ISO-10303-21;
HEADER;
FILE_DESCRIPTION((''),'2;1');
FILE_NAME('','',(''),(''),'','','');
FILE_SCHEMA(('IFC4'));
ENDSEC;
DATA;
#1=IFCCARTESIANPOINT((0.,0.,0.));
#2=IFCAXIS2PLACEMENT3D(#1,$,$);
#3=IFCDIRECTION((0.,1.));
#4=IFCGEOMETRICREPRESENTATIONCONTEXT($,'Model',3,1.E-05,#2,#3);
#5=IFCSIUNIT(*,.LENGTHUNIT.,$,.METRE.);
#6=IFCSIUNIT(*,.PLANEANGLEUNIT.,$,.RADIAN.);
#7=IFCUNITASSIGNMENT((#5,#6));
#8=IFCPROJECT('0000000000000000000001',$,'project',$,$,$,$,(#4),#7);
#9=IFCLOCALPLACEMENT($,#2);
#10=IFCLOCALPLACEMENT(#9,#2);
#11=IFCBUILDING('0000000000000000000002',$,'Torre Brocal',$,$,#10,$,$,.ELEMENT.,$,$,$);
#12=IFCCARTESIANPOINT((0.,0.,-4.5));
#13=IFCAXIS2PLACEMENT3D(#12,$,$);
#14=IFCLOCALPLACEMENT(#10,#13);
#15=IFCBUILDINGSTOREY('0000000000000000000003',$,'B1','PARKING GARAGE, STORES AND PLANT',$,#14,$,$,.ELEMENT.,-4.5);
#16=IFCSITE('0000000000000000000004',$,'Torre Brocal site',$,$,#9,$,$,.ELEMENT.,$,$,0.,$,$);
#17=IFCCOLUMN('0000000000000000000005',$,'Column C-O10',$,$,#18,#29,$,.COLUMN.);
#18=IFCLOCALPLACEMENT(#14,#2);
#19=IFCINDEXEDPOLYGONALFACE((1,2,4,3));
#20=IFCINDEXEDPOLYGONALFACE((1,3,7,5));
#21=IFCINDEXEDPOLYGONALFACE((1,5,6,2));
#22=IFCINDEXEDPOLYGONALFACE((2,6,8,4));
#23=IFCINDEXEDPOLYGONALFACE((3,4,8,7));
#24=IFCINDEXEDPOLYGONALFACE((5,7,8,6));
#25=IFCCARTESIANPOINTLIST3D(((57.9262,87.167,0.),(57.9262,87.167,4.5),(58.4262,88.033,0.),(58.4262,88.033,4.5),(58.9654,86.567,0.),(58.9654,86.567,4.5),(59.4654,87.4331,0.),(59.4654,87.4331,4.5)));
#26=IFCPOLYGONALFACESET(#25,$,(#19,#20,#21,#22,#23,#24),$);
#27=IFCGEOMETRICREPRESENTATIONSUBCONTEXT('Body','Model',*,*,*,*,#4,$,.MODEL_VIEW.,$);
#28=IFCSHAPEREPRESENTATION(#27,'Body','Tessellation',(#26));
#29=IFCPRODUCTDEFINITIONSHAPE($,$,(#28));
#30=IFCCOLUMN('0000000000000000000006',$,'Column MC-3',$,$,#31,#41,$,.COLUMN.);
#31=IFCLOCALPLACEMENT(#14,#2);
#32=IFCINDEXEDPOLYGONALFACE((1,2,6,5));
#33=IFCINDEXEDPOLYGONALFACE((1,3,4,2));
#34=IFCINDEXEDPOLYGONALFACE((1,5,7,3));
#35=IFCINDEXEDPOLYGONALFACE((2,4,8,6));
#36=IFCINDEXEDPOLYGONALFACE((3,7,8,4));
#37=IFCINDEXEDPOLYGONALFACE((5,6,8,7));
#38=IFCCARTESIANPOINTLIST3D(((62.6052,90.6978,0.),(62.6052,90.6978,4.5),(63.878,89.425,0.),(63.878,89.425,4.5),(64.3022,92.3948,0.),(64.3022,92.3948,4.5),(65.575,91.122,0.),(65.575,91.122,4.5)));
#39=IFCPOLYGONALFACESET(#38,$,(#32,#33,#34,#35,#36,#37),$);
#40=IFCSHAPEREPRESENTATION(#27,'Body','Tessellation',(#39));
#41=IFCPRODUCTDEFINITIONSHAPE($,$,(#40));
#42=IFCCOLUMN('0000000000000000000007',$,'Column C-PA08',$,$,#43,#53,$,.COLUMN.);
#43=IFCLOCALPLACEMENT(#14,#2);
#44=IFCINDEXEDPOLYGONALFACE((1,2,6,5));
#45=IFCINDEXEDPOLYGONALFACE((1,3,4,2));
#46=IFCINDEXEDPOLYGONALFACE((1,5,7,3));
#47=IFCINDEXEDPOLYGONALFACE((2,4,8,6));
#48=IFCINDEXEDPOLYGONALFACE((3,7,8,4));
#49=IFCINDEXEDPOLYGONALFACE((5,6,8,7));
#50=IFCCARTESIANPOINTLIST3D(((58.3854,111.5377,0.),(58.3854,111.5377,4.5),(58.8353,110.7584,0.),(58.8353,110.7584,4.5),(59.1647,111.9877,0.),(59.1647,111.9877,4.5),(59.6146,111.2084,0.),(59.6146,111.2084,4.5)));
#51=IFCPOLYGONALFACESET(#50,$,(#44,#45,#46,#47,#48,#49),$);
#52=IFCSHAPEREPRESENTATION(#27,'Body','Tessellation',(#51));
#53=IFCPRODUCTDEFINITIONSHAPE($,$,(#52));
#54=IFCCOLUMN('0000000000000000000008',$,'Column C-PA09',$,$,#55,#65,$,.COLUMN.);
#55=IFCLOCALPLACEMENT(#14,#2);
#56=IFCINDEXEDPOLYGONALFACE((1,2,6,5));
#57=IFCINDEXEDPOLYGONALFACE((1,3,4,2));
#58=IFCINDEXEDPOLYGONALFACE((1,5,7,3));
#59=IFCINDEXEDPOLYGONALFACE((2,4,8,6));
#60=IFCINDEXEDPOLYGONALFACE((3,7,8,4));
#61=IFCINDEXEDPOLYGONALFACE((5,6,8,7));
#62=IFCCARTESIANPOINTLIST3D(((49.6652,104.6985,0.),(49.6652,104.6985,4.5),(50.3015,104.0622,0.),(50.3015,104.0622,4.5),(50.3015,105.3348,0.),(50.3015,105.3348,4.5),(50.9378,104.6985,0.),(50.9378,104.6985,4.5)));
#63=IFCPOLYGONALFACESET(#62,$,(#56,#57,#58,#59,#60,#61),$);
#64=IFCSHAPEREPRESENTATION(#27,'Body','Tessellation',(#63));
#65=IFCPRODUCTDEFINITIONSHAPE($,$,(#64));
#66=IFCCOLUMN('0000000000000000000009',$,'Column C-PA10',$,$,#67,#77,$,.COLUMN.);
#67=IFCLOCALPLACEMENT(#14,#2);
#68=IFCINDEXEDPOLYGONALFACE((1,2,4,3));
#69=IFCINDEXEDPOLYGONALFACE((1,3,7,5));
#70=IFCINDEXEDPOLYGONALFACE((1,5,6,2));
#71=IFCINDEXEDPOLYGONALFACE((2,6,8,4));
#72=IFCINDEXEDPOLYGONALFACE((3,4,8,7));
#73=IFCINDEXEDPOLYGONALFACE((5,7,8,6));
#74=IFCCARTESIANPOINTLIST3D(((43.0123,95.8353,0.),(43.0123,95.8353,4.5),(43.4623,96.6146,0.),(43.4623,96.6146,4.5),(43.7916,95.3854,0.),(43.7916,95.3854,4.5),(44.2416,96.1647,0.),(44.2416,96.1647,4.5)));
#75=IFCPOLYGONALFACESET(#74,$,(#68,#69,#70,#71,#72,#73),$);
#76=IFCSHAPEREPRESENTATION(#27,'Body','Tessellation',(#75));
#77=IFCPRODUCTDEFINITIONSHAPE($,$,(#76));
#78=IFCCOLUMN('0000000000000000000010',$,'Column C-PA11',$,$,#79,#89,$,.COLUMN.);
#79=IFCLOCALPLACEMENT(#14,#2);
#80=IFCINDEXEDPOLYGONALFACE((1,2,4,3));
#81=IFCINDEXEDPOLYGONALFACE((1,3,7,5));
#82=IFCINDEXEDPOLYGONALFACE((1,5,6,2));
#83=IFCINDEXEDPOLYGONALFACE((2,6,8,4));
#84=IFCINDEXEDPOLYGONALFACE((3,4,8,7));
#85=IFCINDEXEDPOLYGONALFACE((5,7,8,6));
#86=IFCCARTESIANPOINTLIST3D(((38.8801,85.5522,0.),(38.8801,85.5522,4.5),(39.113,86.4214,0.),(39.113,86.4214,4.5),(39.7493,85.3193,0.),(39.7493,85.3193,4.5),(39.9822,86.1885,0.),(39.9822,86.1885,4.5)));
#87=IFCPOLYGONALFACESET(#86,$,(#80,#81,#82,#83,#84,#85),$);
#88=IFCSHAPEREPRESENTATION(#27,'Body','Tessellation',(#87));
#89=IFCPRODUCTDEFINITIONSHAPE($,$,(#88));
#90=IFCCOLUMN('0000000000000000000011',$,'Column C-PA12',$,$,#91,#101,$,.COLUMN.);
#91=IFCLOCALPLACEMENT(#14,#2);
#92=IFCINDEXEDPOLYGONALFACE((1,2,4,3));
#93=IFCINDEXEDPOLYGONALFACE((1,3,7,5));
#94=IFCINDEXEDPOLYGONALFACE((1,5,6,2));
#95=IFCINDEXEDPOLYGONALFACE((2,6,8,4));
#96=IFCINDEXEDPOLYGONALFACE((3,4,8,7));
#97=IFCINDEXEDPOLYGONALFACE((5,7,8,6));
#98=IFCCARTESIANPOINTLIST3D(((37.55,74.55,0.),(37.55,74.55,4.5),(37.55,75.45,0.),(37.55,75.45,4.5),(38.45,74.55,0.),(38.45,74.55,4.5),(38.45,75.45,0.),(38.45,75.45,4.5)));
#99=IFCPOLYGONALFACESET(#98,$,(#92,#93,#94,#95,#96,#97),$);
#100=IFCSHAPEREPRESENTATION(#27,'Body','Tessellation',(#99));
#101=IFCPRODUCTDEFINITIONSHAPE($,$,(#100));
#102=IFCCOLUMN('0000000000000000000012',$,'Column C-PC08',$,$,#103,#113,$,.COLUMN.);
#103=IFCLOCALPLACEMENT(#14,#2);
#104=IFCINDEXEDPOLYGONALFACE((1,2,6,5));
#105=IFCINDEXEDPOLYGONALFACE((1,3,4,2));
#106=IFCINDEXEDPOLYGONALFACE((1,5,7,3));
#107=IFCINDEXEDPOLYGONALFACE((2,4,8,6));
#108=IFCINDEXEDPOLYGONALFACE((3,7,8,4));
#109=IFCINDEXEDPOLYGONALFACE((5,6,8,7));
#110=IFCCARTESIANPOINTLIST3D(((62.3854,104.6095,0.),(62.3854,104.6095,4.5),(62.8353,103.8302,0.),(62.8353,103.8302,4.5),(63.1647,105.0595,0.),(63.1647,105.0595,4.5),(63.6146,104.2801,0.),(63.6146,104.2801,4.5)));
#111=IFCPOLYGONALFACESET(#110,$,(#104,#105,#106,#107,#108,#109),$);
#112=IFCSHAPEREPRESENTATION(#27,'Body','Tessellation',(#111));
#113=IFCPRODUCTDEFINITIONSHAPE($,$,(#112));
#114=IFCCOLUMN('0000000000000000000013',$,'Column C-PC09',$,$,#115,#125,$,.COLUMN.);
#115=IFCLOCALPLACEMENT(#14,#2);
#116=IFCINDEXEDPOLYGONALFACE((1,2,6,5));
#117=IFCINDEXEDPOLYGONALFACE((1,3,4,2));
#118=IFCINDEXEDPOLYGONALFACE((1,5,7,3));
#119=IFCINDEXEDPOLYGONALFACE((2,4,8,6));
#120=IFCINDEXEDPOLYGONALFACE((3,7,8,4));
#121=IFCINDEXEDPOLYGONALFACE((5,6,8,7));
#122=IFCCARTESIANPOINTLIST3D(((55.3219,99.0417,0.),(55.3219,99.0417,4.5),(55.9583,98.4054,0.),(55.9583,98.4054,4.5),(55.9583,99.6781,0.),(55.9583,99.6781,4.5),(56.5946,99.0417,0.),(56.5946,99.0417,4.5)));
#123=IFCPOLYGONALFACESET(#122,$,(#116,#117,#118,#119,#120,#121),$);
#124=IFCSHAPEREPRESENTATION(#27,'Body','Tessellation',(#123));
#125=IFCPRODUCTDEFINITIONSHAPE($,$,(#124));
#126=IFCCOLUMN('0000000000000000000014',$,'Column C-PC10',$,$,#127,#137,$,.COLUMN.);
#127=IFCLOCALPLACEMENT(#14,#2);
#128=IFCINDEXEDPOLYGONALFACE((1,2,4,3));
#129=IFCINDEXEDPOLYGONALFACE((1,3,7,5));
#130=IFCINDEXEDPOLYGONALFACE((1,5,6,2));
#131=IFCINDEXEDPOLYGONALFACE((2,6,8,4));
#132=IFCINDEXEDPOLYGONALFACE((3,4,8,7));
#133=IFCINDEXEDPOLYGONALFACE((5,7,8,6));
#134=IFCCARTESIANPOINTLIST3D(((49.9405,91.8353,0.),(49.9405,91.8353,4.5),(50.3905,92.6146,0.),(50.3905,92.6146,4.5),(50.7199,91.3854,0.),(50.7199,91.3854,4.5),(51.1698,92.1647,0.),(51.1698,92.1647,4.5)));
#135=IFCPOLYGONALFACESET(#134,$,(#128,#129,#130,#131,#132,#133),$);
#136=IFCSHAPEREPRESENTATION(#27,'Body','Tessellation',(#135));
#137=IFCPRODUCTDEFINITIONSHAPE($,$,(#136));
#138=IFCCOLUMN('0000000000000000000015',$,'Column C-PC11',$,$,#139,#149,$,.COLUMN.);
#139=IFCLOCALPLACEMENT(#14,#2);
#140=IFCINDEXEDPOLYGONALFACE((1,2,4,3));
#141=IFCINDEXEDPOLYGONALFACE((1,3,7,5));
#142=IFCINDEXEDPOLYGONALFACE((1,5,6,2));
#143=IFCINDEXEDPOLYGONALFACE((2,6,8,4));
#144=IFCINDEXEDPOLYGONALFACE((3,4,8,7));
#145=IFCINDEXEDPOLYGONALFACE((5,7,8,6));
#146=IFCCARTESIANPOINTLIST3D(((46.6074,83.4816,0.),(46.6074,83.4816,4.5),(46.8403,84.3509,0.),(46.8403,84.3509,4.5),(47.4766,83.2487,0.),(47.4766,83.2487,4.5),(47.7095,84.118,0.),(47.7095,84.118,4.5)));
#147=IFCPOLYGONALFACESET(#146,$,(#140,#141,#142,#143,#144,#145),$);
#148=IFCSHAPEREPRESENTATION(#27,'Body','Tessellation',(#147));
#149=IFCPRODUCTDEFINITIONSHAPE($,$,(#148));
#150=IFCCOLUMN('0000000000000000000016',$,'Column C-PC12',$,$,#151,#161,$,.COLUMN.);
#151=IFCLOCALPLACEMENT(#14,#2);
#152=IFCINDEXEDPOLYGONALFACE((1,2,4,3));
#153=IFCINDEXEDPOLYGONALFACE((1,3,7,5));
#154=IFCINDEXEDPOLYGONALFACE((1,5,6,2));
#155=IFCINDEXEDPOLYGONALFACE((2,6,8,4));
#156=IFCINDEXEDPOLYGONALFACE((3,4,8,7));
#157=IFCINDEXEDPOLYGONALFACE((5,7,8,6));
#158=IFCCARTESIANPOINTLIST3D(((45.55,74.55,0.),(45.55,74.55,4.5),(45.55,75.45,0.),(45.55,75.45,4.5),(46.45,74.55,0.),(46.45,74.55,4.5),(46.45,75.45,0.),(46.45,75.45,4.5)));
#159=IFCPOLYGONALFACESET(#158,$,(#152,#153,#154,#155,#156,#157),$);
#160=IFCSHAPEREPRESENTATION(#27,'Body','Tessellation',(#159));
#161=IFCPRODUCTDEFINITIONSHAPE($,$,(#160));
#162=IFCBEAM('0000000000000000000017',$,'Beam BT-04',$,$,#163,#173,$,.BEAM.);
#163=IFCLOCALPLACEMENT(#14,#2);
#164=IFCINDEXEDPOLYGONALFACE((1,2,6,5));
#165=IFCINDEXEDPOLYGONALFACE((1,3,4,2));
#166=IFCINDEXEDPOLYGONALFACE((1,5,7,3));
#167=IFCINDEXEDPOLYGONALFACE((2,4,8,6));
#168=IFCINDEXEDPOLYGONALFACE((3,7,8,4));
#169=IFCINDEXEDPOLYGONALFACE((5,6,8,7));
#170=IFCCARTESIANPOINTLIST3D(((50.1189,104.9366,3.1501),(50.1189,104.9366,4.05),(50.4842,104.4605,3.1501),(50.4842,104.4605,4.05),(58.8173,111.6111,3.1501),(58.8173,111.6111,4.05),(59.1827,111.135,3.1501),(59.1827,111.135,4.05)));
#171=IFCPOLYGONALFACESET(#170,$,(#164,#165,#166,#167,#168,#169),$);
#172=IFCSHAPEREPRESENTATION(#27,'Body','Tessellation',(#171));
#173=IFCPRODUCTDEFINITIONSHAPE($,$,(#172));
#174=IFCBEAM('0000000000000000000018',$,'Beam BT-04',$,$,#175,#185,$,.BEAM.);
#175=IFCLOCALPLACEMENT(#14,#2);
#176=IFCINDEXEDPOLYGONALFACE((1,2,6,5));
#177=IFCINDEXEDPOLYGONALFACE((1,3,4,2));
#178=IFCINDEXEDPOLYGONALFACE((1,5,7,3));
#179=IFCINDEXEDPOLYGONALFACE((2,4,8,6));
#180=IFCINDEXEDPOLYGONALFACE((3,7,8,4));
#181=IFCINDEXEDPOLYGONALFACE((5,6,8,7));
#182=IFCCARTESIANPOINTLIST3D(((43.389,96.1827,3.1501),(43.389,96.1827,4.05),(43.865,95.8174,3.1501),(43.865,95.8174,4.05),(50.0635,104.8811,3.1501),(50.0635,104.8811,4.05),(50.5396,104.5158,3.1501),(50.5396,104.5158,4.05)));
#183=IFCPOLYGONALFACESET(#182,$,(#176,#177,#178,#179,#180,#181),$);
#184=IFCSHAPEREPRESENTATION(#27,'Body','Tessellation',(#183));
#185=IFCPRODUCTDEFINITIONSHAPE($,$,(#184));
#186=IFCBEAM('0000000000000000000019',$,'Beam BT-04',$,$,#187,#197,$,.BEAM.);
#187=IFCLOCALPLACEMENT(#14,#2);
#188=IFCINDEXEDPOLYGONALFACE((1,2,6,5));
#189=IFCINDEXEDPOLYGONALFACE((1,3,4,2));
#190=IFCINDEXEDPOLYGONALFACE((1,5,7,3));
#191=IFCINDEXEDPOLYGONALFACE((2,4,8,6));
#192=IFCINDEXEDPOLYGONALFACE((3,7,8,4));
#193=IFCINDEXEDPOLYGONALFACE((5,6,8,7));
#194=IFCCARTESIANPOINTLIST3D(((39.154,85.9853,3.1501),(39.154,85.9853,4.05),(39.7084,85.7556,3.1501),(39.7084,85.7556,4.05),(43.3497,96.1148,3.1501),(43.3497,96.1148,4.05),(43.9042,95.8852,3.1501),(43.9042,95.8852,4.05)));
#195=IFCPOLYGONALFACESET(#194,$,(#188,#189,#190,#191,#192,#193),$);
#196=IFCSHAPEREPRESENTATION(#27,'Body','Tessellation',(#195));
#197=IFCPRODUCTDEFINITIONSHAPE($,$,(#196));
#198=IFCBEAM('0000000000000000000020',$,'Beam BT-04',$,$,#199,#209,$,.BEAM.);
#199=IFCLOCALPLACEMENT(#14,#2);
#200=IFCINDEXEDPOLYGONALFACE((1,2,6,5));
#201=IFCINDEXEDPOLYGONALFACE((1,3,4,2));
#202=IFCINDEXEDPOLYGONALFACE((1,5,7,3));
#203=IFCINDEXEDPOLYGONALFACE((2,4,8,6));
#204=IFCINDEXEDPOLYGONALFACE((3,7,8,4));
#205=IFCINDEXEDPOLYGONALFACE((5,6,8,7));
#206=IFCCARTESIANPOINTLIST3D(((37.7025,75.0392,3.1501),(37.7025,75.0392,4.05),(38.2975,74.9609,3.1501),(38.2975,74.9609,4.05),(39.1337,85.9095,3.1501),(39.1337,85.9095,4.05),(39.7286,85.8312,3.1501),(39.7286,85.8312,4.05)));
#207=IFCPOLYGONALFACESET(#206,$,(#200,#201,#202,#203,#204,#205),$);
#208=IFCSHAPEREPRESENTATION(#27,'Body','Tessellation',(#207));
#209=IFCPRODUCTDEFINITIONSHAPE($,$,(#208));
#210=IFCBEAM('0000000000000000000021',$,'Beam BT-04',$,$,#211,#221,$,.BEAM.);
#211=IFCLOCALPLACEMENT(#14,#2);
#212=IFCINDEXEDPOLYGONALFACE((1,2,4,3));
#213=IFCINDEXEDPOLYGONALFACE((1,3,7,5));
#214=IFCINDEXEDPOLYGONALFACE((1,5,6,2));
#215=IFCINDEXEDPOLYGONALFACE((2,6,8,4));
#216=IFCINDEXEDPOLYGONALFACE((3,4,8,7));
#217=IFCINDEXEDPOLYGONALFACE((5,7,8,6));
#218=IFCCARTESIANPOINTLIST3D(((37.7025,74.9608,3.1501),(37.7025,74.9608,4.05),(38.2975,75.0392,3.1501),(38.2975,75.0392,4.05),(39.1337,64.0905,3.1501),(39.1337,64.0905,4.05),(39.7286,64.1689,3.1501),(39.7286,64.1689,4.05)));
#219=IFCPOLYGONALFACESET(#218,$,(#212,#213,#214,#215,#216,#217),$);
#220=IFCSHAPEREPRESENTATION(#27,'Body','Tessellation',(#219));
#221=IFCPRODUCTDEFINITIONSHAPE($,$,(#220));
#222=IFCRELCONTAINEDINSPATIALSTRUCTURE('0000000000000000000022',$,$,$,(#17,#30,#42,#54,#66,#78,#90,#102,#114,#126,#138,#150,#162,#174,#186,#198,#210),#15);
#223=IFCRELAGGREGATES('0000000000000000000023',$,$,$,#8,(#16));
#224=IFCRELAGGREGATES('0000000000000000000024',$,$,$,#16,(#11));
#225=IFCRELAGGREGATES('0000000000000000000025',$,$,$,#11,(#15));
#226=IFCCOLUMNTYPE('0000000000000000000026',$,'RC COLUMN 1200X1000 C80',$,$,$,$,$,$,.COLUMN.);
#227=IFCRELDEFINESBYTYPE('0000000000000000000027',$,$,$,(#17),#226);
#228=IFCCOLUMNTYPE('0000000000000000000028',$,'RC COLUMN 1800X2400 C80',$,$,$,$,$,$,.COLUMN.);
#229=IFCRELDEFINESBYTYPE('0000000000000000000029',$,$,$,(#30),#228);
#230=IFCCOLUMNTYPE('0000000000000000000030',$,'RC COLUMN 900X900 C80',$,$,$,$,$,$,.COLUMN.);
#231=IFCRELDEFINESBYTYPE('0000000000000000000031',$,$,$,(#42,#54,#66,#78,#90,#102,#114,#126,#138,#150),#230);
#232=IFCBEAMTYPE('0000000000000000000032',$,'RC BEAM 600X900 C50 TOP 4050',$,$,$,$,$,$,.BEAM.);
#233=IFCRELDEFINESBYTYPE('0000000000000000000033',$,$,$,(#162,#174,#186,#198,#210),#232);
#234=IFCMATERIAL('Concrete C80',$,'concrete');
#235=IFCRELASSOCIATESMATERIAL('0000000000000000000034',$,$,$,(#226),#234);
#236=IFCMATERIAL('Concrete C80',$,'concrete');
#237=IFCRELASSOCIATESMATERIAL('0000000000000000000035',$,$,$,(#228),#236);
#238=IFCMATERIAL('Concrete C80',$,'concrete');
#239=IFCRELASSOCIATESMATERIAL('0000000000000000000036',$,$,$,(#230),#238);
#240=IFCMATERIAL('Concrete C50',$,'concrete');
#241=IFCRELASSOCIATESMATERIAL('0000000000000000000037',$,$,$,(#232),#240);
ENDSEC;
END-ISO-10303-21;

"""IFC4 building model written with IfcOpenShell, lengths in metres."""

from ifc_helpers import new_model, si_unit, direction, frame, origin, origin_2d, place, context, subcontext, project, spatial, rectangle, extrude, material, material_profile, profile_set, type_object, element, save


model = new_model("IFC4")

# Units and contexts
model_context = context("Model", 3, precision=1e-05, world=origin(), true_north=direction((0.0, 1.0)))
body_context = subcontext(model_context, "Body", "Model", "MODEL_VIEW")
ifc_project = project(units=[si_unit("LENGTHUNIT", "METRE"), si_unit("PLANEANGLEUNIT", "RADIAN")], contexts=[model_context])

# Site, building, storey
site_placement = place(None, origin())
site = spatial("IfcSite", under=ifc_project, at=site_placement, Name="Torre Brocal site", CompositionType="ELEMENT", RefElevation=0.0)
building_placement = place(site_placement, origin())
building = spatial("IfcBuilding", under=site, at=building_placement, Name="Torre Brocal", CompositionType="ELEMENT")
storey_placement = place(building_placement, frame((0.0, 0.0, -4.5)))
storey = spatial("IfcBuildingStorey", under=building, at=storey_placement, Name="B1", Description="PARKING GARAGE, STORES AND PLANT", CompositionType="ELEMENT", Elevation=-4.5)

# Columns
ifc_material_1 = material(Name="Concrete C80", Category="concrete")
ifc_material_profile_1 = material_profile(ifc_material_1, rectangle(XDim=1.2, YDim=1.0, at=origin_2d()), Name="RC 1200X1000")
ifc_profile_set_1 = profile_set([ifc_material_profile_1], Name="Concrete C80")
column_type_1 = type_object("IfcColumnType", Name="RC COLUMN 1200X1000 C80", PredefinedType="COLUMN", material=ifc_profile_set_1)
column_1_placement = place(storey_placement, frame((58.6958, 87.3, 0.0), z_axis=(0.0, 0.0, 1.0), x_axis=(-0.866025, 0.5, 0.0)))
element("IfcColumn", 1, at=column_1_placement, inside=storey, type_object=column_type_1, Name="Column C-O10", PredefinedType="COLUMN", context=body_context, shape_type="SweptSolid", body=[
    extrude(rectangle(XDim=1.2, YDim=1.0, at=origin_2d()), origin(), (0.0, 0.0, 1.0), 4.5),
])
ifc_material_2 = material(Name="Concrete C80", Category="concrete")
ifc_material_profile_2 = material_profile(ifc_material_2, rectangle(XDim=1.8, YDim=2.3999, at=origin_2d()), Name="RC 1800X2400")
ifc_profile_set_2 = profile_set([ifc_material_profile_2], Name="Concrete C80")
column_type_2 = type_object("IfcColumnType", Name="RC COLUMN 1800X2400 C80", PredefinedType="COLUMN", material=ifc_profile_set_2)
column_2_placement = place(storey_placement, frame((64.0901, 90.9099, 0.0), z_axis=(0.0, 0.0, 1.0), x_axis=(-0.707107, 0.707107, 0.0)))
element("IfcColumn", 2, at=column_2_placement, inside=storey, type_object=column_type_2, Name="Column MC-3", PredefinedType="COLUMN", context=body_context, shape_type="SweptSolid", body=[
    extrude(rectangle(XDim=1.8, YDim=2.3999, at=origin_2d()), origin(), (0.0, 0.0, 1.0), 4.5),
])
ifc_material_3 = material(Name="Concrete C80", Category="concrete")
ifc_material_profile_3 = material_profile(ifc_material_3, rectangle(XDim=0.8999, YDim=0.8999, at=origin_2d()), Name="RC 900X900")
ifc_profile_set_3 = profile_set([ifc_material_profile_3], Name="Concrete C80")
column_type_3 = type_object("IfcColumnType", Name="RC COLUMN 900X900 C80", PredefinedType="COLUMN", material=ifc_profile_set_3)
for number, where, z_axis, x_axis, name in (
    (3, (59.0, 111.373, 0.0), (0.0, 0.0, 1.0), (-0.5, 0.866025, 0.0), "Column C-PA08"),
    (4, (50.3015, 104.6985, 0.0), (0.0, 0.0, 1.0), (-0.707107, 0.707107, 0.0), "Column C-PA09"),
    (5, (43.627, 96.0, 0.0), (0.0, 0.0, 1.0), (-0.866025, 0.5, 0.0), "Column C-PA10"),
    (6, (39.4312, 85.8704, 0.0), (0.0, 0.0, 1.0), (-0.965926, 0.258819, 0.0), "Column C-PA11"),
    (7, (38.0, 75.0, 0.0), (0.0, 0.0, 1.0), (-1.0, 0.0, 0.0), "Column C-PA12"),
    (8, (63.0, 104.4448, 0.0), (0.0, 0.0, 1.0), (-0.5, 0.866025, 0.0), "Column C-PC08"),
    (9, (55.9583, 99.0417, 0.0), (0.0, 0.0, 1.0), (-0.707107, 0.707107, 0.0), "Column C-PC09"),
    (10, (50.5552, 92.0, 0.0), (0.0, 0.0, 1.0), (-0.866025, 0.5, 0.0), "Column C-PC10"),
    (11, (47.1584, 83.7998, 0.0), (0.0, 0.0, 1.0), (-0.965926, 0.258819, 0.0), "Column C-PC11"),
    (12, (46.0, 75.0, 0.0), (0.0, 0.0, 1.0), (-1.0, 0.0, 0.0), "Column C-PC12"),
):
    element("IfcColumn", number, at=place(storey_placement, frame(where, z_axis=z_axis, x_axis=x_axis)), inside=storey, type_object=column_type_3, Name=name, PredefinedType="COLUMN", context=body_context, shape_type="SweptSolid", body=[
        extrude(rectangle(XDim=0.8999, YDim=0.8999, at=origin_2d()), origin(), (0.0, 0.0, 1.0), 4.5),
    ])

# Beams
ifc_material_4 = material(Name="Concrete C50", Category="concrete")
ifc_material_profile_4 = material_profile(ifc_material_4, rectangle(XDim=0.6001, YDim=0.8999, at=origin_2d()), Name="RC 600X900")
ifc_profile_set_4 = profile_set([ifc_material_profile_4], Name="Concrete C50")
beam_type_1 = type_object("IfcBeamType", Name="RC BEAM 600X900 C50 TOP 4050", PredefinedType="BEAM", material=ifc_profile_set_4)
for number, where, z_axis, x_axis, name in (
    (13, (59.0, 111.373, 3.6001), (-0.793354, -0.60876, 0.0), (0.60876, -0.793354, 0.0), "Beam BT-04"),
    (14, (50.3015, 104.6985, 3.6001), (-0.60876, -0.793354, 0.0), (0.793354, -0.60876, 0.0), "Beam BT-04"),
    (15, (43.627, 96.0, 3.6001), (-0.382681, -0.923881, 0.0), (0.923881, -0.382681, 0.0), "Beam BT-04"),
    (16, (39.4312, 85.8704, 3.6001), (-0.13053, -0.991444, 0.0), (0.991444, -0.13053, 0.0), "Beam BT-04"),
    (17, (38.0, 75.0, 3.6001), (0.13053, -0.991444, 0.0), (0.991444, 0.13053, 0.0), "Beam BT-04"),
):
    element("IfcBeam", number, at=place(storey_placement, frame(where, z_axis=z_axis, x_axis=x_axis)), inside=storey, type_object=beam_type_1, Name=name, PredefinedType="BEAM", context=body_context, shape_type="SweptSolid", body=[
        extrude(rectangle(XDim=0.6001, YDim=0.8999, at=origin_2d()), origin(), (0.0, 0.0, 1.0), 10.9641),
    ])

save(model, "model.ifc")
